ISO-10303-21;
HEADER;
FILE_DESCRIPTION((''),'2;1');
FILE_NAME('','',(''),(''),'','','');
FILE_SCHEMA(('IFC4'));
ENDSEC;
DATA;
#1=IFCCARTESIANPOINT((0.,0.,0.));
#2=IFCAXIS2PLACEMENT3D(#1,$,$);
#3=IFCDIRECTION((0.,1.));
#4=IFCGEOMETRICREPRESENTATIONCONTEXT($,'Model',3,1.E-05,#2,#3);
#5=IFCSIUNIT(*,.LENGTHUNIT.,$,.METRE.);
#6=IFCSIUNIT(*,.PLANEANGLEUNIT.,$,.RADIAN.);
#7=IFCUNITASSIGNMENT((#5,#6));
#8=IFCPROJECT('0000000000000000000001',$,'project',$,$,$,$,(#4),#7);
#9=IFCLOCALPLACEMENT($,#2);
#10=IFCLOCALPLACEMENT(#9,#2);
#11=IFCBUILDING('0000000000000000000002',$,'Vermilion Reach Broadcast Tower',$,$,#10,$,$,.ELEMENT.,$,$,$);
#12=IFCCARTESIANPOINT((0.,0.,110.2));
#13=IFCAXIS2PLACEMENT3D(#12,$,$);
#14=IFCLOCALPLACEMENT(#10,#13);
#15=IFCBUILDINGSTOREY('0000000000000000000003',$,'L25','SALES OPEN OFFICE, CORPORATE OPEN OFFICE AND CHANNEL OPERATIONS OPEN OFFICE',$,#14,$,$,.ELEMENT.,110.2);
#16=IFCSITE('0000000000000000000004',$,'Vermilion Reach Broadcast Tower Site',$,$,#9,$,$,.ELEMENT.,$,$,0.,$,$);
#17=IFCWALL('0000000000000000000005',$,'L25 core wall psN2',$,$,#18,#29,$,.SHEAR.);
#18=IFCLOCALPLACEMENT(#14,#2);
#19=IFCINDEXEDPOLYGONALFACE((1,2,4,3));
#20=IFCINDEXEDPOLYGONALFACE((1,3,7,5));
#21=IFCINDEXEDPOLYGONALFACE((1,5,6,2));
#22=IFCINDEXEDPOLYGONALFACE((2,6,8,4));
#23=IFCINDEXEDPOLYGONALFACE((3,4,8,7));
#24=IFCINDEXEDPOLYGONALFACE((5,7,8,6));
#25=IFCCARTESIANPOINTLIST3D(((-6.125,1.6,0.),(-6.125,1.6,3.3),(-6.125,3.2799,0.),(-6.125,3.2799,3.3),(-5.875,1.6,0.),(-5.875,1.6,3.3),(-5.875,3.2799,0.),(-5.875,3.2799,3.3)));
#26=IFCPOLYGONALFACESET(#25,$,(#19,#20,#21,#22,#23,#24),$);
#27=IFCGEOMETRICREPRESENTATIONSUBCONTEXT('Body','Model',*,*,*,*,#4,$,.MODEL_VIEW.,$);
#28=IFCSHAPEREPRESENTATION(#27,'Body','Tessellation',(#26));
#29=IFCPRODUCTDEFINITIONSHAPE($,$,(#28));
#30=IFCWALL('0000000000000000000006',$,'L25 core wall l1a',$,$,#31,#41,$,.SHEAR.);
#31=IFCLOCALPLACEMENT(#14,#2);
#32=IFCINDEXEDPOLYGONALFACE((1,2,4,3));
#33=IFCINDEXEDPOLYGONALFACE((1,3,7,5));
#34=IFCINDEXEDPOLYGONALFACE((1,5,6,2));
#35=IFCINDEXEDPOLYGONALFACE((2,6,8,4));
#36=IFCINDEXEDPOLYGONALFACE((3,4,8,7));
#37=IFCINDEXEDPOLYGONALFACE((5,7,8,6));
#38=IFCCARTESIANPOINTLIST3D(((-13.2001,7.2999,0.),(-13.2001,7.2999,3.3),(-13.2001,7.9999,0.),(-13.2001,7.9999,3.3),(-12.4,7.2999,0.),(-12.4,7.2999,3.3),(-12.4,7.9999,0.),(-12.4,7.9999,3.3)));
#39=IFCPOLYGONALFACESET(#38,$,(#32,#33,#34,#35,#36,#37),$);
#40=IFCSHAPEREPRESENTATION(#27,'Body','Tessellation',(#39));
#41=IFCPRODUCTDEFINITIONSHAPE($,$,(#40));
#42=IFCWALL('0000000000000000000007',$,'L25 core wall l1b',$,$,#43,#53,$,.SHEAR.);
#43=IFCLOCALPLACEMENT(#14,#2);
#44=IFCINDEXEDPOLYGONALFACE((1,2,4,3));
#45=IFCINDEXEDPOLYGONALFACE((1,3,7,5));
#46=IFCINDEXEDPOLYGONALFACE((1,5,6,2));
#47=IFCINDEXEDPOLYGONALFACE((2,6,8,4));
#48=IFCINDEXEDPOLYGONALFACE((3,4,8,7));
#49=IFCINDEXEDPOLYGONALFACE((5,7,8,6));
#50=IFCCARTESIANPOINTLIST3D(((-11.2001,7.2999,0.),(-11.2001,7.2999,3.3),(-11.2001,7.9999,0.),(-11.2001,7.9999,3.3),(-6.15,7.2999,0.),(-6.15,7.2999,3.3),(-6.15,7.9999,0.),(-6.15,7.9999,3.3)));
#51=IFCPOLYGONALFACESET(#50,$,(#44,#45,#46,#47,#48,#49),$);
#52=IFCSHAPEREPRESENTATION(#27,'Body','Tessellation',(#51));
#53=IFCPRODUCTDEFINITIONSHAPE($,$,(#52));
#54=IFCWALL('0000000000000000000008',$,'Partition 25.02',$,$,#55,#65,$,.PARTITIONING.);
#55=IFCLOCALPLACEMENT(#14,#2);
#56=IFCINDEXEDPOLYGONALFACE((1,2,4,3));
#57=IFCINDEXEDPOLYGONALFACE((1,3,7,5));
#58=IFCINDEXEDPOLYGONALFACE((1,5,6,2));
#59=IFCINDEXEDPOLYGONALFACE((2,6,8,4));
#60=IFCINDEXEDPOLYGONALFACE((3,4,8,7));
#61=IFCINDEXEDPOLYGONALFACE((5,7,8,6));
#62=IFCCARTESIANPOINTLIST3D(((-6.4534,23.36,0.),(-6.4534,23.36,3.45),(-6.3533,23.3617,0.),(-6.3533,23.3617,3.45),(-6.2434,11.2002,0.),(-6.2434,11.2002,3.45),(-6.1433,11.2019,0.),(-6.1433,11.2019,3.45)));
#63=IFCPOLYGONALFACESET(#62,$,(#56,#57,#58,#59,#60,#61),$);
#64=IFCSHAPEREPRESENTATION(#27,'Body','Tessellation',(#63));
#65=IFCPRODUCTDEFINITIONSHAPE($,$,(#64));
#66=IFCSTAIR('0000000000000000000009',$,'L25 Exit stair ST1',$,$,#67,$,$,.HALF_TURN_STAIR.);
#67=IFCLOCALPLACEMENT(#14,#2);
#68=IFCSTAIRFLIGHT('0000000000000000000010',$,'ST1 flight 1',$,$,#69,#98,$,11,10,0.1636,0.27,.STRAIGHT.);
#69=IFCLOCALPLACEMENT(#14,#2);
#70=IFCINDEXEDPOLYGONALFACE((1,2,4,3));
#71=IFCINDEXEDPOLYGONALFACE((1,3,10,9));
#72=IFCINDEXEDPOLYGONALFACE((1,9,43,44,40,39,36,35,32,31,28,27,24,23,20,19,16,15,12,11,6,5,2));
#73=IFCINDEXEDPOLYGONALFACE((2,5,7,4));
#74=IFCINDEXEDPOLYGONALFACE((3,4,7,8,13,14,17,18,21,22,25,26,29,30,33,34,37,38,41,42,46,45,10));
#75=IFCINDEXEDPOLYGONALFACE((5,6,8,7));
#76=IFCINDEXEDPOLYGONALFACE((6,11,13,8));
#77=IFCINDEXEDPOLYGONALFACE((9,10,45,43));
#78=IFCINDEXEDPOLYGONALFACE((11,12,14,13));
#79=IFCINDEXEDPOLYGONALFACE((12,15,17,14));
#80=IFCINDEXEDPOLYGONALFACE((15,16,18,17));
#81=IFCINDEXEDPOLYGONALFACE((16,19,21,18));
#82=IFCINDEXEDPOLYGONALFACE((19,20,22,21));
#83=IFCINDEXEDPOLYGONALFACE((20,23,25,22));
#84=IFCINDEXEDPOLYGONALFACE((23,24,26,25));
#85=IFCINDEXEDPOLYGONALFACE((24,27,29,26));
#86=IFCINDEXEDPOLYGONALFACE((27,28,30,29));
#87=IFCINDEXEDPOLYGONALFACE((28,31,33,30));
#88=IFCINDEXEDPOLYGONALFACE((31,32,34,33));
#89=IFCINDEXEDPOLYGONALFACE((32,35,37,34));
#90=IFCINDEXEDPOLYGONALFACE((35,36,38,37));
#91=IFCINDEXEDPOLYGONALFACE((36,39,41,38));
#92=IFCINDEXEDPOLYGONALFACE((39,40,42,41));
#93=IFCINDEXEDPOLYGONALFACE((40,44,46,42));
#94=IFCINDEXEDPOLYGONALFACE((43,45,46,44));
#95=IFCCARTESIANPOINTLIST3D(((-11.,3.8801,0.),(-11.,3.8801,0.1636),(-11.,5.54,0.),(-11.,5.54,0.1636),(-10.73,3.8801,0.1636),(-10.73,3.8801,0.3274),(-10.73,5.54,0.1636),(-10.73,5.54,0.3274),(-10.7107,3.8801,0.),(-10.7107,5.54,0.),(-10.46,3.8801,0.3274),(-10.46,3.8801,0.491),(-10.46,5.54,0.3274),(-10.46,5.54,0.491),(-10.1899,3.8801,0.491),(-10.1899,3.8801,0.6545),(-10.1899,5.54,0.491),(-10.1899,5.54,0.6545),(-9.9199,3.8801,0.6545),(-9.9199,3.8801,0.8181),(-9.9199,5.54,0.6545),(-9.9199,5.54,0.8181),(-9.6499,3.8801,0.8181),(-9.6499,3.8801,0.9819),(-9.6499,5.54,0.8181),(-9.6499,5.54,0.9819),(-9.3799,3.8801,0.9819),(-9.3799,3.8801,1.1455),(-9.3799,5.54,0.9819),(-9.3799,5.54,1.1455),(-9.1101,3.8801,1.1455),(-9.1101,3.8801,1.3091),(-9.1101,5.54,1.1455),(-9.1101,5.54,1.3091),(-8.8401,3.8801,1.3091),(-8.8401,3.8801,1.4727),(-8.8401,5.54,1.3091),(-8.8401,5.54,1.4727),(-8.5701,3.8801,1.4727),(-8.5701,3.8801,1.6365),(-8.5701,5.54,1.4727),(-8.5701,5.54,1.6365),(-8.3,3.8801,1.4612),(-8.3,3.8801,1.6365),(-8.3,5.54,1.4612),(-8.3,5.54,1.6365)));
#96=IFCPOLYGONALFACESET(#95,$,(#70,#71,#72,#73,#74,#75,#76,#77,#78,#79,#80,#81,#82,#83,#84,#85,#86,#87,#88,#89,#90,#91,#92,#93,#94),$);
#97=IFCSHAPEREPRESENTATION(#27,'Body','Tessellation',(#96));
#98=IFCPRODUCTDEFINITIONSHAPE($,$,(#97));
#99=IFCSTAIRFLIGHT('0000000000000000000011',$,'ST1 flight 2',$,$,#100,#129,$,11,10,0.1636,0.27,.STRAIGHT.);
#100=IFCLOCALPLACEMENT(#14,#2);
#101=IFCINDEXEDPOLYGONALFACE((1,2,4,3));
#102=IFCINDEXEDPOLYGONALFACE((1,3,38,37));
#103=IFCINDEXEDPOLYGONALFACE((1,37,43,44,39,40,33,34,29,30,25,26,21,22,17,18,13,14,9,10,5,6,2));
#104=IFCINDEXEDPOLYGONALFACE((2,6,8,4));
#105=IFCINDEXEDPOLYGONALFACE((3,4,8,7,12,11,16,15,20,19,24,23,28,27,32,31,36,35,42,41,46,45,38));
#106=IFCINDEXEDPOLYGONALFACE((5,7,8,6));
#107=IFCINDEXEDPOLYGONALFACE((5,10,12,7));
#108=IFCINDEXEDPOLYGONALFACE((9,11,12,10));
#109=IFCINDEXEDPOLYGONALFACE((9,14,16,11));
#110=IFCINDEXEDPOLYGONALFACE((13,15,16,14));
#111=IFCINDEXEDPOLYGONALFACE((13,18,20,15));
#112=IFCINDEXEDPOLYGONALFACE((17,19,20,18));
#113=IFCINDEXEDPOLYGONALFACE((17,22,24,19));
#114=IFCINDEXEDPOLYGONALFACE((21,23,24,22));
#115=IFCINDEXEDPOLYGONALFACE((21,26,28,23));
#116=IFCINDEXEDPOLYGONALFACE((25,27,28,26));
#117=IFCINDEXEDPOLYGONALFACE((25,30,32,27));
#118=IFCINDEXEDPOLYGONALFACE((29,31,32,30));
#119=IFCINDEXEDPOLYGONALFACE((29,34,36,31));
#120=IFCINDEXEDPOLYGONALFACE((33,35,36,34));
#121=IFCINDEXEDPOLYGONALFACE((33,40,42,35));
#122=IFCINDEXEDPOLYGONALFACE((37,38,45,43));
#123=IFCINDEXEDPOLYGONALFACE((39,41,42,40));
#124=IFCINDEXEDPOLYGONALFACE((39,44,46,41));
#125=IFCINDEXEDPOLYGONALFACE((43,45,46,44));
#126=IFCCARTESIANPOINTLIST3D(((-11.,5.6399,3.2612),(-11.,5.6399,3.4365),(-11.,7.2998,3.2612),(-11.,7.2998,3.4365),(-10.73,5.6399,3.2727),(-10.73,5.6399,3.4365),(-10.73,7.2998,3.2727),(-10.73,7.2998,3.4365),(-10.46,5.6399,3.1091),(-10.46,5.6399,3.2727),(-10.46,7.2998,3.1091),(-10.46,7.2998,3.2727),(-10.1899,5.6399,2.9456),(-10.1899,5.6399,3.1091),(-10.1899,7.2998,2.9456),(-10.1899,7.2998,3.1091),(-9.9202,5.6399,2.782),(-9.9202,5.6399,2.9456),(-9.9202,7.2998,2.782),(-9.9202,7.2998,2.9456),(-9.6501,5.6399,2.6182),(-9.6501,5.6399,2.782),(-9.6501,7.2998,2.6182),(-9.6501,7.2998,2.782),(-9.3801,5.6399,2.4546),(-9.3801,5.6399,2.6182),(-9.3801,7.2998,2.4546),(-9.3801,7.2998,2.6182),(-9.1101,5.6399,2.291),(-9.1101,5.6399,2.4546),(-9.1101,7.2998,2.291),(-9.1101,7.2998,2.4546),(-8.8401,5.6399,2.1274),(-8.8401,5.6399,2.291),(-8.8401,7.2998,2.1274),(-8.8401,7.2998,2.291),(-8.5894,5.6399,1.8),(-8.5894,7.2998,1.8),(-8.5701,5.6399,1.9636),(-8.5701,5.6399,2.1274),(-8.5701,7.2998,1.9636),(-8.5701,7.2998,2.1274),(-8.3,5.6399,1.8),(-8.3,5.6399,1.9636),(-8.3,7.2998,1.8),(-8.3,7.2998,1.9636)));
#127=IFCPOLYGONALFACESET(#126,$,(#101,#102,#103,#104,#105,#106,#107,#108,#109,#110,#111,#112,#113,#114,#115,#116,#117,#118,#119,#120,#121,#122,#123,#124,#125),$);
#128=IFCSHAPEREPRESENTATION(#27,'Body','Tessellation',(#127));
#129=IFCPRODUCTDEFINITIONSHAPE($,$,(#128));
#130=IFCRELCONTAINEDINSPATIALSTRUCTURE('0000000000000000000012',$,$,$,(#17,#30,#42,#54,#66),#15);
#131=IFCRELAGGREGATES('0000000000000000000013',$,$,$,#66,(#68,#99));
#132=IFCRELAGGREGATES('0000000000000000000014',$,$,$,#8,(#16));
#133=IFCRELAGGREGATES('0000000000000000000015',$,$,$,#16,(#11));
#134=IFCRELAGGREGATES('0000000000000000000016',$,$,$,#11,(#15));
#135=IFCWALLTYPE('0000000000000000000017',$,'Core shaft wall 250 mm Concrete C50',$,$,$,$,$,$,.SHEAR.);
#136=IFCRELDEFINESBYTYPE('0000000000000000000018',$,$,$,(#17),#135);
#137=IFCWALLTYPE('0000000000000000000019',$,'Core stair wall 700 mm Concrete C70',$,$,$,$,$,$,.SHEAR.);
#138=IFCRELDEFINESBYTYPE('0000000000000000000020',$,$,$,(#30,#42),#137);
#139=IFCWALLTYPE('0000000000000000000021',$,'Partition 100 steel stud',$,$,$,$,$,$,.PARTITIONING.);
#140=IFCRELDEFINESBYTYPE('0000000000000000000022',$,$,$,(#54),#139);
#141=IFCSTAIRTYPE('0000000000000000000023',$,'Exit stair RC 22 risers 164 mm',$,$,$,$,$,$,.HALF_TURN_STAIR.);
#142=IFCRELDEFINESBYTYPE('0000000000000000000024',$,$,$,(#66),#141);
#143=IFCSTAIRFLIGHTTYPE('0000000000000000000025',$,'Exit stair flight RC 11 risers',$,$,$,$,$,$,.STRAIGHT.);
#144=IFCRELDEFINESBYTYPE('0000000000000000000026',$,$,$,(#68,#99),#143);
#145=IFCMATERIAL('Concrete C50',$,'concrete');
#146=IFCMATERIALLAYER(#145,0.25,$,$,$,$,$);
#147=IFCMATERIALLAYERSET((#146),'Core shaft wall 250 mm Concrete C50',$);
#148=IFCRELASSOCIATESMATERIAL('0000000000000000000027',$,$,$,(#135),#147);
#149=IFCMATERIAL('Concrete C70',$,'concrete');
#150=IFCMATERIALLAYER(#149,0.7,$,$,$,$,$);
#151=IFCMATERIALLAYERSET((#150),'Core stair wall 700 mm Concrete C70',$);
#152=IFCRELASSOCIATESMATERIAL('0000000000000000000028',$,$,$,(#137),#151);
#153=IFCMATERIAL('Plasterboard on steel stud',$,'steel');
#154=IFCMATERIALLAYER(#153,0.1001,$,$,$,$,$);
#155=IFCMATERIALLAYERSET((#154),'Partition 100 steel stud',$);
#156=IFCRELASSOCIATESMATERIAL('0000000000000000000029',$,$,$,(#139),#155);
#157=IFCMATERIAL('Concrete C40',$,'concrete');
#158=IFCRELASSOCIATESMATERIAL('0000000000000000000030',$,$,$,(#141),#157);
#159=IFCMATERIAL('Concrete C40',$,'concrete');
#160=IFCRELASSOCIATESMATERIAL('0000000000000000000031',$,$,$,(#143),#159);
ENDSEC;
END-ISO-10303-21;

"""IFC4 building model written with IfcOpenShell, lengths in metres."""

from ifc_helpers import new_model, si_unit, direction, frame, frame_2d, origin, place, context, subcontext, project, spatial, polyline, rectangle, outline, extrude, material, layer, layer_set, type_object, element, aggregate, save


model = new_model("IFC4")

# Units and contexts
model_context = context("Model", 3, precision=1e-05, world=origin(), true_north=direction((0.0, 1.0)))
body_context = subcontext(model_context, "Body", "Model", "MODEL_VIEW")
ifc_project = project(units=[si_unit("LENGTHUNIT", "METRE"), si_unit("PLANEANGLEUNIT", "RADIAN")], contexts=[model_context])

# Site, building, storey
site_placement = place(None, origin())
site = spatial("IfcSite", under=ifc_project, at=site_placement, Name="Vermilion Reach Broadcast Tower Site", CompositionType="ELEMENT", RefElevation=0.0)
building_placement = place(site_placement, origin())
building = spatial("IfcBuilding", under=site, at=building_placement, Name="Vermilion Reach Broadcast Tower", CompositionType="ELEMENT")
storey_placement = place(building_placement, frame((0.0, 0.0, 110.2)))
storey = spatial("IfcBuildingStorey", under=building, at=storey_placement, Name="L25", Description="SALES OPEN OFFICE, CORPORATE OPEN OFFICE AND CHANNEL OPERATIONS OPEN OFFICE", CompositionType="ELEMENT", Elevation=110.2)

# Shared definitions
placement = place(storey_placement, origin())

# Walls
ifc_material_1 = material(Name="Concrete C50", Category="concrete")
ifc_layer_1 = layer(ifc_material_1, 0.25)
ifc_layer_set_1 = layer_set([ifc_layer_1], Name="Core shaft wall 250 mm Concrete C50")
wall_type_1 = type_object("IfcWallType", Name="Core shaft wall 250 mm Concrete C50", PredefinedType="SHEAR", material=ifc_layer_set_1)
wall_1_placement = place(storey_placement, frame((-6.0, 1.6001, 0.0), z_axis=(0.0, 0.0, 1.0), x_axis=(0.0, 1.0, 0.0)))
element("IfcWall", 1, at=wall_1_placement, inside=storey, type_object=wall_type_1, Name="L25 core wall psN2", PredefinedType="SHEAR", context=body_context, shape_type="SweptSolid", body=[
    extrude(rectangle(XDim=1.6799, YDim=0.25, at=frame_2d((0.8398, 0.0))), origin(), (0.0, 0.0, 1.0), 3.3),
])
ifc_material_2 = material(Name="Concrete C70", Category="concrete")
ifc_layer_2 = layer(ifc_material_2, 0.7)
ifc_layer_set_2 = layer_set([ifc_layer_2], Name="Core stair wall 700 mm Concrete C70")
wall_type_2 = type_object("IfcWallType", Name="Core stair wall 700 mm Concrete C70", PredefinedType="SHEAR", material=ifc_layer_set_2)
wall_2_placement = place(storey_placement, frame((-13.2, 7.6499, 0.0), z_axis=(0.0, 0.0, 1.0), x_axis=(1.0, 0.0, 0.0)))
element("IfcWall", 2, at=wall_2_placement, inside=storey, type_object=wall_type_2, Name="L25 core wall l1a", PredefinedType="SHEAR", context=body_context, shape_type="SweptSolid", body=[
    extrude(rectangle(XDim=0.8, YDim=0.7, at=frame_2d((0.3999, 0.0))), origin(), (0.0, 0.0, 1.0), 3.3),
])
wall_3_placement = place(storey_placement, frame((-11.2, 7.6499, 0.0), z_axis=(0.0, 0.0, 1.0), x_axis=(1.0, 0.0, 0.0)))
element("IfcWall", 3, at=wall_3_placement, inside=storey, type_object=wall_type_2, Name="L25 core wall l1b", PredefinedType="SHEAR", context=body_context, shape_type="SweptSolid", body=[
    extrude(rectangle(XDim=5.05, YDim=0.7, at=frame_2d((2.5249, 0.0))), origin(), (0.0, 0.0, 1.0), 3.3),
])
ifc_material_3 = material(Name="Plasterboard on steel stud", Category="steel")
ifc_layer_3 = layer(ifc_material_3, 0.1001)
ifc_layer_set_3 = layer_set([ifc_layer_3], Name="Partition 100 steel stud")
wall_type_3 = type_object("IfcWallType", Name="Partition 100 steel stud", PredefinedType="PARTITIONING", material=ifc_layer_set_3)
wall_4_placement = place(storey_placement, frame((-6.4033, 23.3608, 0.0), z_axis=(0.0, 0.0, 1.0), x_axis=(0.017264, -0.999851, 0.0)))
element("IfcWall", 4, at=wall_4_placement, inside=storey, type_object=wall_type_3, Name="Partition 25.02", PredefinedType="PARTITIONING", context=body_context, shape_type="SweptSolid", body=[
    extrude(rectangle(XDim=12.1616, YDim=0.1001, at=frame_2d((6.0808, 0.0))), origin(), (0.0, 0.0, 1.0), 3.45),
])

# Stair, stair flights
ifc_material_4 = material(Name="Concrete C40", Category="concrete")
stair_type = type_object("IfcStairType", Name="Exit stair RC 22 risers 164 mm", PredefinedType="HALF_TURN_STAIR", material=ifc_material_4)
stair = element("IfcStair", 5, at=placement, inside=storey, type_object=stair_type, Name="L25 Exit stair ST1", PredefinedType="HALF_TURN_STAIR")
ifc_material_5 = material(Name="Concrete C40", Category="concrete")
stair_flight_type = type_object("IfcStairFlightType", Name="Exit stair flight RC 11 risers", PredefinedType="STRAIGHT", material=ifc_material_5)
stair_flight_1_placement = place(storey_placement, frame((-11.0, 4.71, 0.0), z_axis=(0.0, 0.0, 1.0), x_axis=(1.0, 0.0, 0.0)))
stair_flight_1 = element("IfcStairFlight", 6, at=stair_flight_1_placement, type_object=stair_flight_type, Name="ST1 flight 1", NumberOfRisers=11, NumberOfTreads=10, PredefinedType="STRAIGHT", RiserHeight=0.1636, TreadLength=0.27, context=body_context, shape_type="SweptSolid", body=[
    extrude(outline(polyline([(0.0, 0.0), (0.0, 0.1636), (0.27, 0.1636), (0.27, 0.3274), (0.54, 0.3274), (0.54, 0.491), (0.8101, 0.491), (0.8101, 0.6545), (1.0801, 0.6545), (1.0801, 0.8181), (1.3501, 0.8181), (1.3501, 0.9819), (1.6201, 0.9819), (1.6201, 1.1455), (1.8899, 1.1455), (1.8899, 1.3091), (2.1599, 1.3091), (2.1599, 1.4727), (2.4299, 1.4727), (2.4299, 1.6365), (2.7, 1.6365), (2.7, 1.8), (2.7, 1.4612), (0.2893, 0.0), (0.0, 0.0)])), frame((0.0, 0.8301, 0.0), z_axis=(0.0, -1.0, 0.0), x_axis=(1.0, 0.0, 0.0)), (0.0, 0.0, 1.0), 1.6599),
])
stair_flight_2_placement = place(storey_placement, frame((-8.3, 6.47, 1.8), z_axis=(0.0, 0.0, 1.0), x_axis=(-1.0, 0.0, 0.0)))
stair_flight_2 = element("IfcStairFlight", 7, at=stair_flight_2_placement, type_object=stair_flight_type, Name="ST1 flight 2", NumberOfRisers=11, NumberOfTreads=10, PredefinedType="STRAIGHT", RiserHeight=0.1636, TreadLength=0.27, context=body_context, shape_type="SweptSolid", body=[
    extrude(outline(polyline([(0.0, 0.0), (0.0, 0.1636), (0.27, 0.1636), (0.27, 0.3274), (0.54, 0.3274), (0.54, 0.491), (0.8101, 0.491), (0.8101, 0.6545), (1.0801, 0.6545), (1.0801, 0.8181), (1.3501, 0.8181), (1.3501, 0.9819), (1.6201, 0.9819), (1.6201, 1.1455), (1.8899, 1.1455), (1.8899, 1.3091), (2.1599, 1.3091), (2.1599, 1.4727), (2.4299, 1.4727), (2.4299, 1.6365), (2.7, 1.6365), (2.7, 1.8), (2.7, 1.4612), (0.2893, 0.0), (0.0, 0.0)])), frame((0.0, 0.8301, 0.0), z_axis=(0.0, -1.0, 0.0), x_axis=(1.0, 0.0, 0.0)), (0.0, 0.0, 1.0), 1.6599),
])
aggregate(stair, [stair_flight_1, stair_flight_2])

save(model, "model.ifc")
